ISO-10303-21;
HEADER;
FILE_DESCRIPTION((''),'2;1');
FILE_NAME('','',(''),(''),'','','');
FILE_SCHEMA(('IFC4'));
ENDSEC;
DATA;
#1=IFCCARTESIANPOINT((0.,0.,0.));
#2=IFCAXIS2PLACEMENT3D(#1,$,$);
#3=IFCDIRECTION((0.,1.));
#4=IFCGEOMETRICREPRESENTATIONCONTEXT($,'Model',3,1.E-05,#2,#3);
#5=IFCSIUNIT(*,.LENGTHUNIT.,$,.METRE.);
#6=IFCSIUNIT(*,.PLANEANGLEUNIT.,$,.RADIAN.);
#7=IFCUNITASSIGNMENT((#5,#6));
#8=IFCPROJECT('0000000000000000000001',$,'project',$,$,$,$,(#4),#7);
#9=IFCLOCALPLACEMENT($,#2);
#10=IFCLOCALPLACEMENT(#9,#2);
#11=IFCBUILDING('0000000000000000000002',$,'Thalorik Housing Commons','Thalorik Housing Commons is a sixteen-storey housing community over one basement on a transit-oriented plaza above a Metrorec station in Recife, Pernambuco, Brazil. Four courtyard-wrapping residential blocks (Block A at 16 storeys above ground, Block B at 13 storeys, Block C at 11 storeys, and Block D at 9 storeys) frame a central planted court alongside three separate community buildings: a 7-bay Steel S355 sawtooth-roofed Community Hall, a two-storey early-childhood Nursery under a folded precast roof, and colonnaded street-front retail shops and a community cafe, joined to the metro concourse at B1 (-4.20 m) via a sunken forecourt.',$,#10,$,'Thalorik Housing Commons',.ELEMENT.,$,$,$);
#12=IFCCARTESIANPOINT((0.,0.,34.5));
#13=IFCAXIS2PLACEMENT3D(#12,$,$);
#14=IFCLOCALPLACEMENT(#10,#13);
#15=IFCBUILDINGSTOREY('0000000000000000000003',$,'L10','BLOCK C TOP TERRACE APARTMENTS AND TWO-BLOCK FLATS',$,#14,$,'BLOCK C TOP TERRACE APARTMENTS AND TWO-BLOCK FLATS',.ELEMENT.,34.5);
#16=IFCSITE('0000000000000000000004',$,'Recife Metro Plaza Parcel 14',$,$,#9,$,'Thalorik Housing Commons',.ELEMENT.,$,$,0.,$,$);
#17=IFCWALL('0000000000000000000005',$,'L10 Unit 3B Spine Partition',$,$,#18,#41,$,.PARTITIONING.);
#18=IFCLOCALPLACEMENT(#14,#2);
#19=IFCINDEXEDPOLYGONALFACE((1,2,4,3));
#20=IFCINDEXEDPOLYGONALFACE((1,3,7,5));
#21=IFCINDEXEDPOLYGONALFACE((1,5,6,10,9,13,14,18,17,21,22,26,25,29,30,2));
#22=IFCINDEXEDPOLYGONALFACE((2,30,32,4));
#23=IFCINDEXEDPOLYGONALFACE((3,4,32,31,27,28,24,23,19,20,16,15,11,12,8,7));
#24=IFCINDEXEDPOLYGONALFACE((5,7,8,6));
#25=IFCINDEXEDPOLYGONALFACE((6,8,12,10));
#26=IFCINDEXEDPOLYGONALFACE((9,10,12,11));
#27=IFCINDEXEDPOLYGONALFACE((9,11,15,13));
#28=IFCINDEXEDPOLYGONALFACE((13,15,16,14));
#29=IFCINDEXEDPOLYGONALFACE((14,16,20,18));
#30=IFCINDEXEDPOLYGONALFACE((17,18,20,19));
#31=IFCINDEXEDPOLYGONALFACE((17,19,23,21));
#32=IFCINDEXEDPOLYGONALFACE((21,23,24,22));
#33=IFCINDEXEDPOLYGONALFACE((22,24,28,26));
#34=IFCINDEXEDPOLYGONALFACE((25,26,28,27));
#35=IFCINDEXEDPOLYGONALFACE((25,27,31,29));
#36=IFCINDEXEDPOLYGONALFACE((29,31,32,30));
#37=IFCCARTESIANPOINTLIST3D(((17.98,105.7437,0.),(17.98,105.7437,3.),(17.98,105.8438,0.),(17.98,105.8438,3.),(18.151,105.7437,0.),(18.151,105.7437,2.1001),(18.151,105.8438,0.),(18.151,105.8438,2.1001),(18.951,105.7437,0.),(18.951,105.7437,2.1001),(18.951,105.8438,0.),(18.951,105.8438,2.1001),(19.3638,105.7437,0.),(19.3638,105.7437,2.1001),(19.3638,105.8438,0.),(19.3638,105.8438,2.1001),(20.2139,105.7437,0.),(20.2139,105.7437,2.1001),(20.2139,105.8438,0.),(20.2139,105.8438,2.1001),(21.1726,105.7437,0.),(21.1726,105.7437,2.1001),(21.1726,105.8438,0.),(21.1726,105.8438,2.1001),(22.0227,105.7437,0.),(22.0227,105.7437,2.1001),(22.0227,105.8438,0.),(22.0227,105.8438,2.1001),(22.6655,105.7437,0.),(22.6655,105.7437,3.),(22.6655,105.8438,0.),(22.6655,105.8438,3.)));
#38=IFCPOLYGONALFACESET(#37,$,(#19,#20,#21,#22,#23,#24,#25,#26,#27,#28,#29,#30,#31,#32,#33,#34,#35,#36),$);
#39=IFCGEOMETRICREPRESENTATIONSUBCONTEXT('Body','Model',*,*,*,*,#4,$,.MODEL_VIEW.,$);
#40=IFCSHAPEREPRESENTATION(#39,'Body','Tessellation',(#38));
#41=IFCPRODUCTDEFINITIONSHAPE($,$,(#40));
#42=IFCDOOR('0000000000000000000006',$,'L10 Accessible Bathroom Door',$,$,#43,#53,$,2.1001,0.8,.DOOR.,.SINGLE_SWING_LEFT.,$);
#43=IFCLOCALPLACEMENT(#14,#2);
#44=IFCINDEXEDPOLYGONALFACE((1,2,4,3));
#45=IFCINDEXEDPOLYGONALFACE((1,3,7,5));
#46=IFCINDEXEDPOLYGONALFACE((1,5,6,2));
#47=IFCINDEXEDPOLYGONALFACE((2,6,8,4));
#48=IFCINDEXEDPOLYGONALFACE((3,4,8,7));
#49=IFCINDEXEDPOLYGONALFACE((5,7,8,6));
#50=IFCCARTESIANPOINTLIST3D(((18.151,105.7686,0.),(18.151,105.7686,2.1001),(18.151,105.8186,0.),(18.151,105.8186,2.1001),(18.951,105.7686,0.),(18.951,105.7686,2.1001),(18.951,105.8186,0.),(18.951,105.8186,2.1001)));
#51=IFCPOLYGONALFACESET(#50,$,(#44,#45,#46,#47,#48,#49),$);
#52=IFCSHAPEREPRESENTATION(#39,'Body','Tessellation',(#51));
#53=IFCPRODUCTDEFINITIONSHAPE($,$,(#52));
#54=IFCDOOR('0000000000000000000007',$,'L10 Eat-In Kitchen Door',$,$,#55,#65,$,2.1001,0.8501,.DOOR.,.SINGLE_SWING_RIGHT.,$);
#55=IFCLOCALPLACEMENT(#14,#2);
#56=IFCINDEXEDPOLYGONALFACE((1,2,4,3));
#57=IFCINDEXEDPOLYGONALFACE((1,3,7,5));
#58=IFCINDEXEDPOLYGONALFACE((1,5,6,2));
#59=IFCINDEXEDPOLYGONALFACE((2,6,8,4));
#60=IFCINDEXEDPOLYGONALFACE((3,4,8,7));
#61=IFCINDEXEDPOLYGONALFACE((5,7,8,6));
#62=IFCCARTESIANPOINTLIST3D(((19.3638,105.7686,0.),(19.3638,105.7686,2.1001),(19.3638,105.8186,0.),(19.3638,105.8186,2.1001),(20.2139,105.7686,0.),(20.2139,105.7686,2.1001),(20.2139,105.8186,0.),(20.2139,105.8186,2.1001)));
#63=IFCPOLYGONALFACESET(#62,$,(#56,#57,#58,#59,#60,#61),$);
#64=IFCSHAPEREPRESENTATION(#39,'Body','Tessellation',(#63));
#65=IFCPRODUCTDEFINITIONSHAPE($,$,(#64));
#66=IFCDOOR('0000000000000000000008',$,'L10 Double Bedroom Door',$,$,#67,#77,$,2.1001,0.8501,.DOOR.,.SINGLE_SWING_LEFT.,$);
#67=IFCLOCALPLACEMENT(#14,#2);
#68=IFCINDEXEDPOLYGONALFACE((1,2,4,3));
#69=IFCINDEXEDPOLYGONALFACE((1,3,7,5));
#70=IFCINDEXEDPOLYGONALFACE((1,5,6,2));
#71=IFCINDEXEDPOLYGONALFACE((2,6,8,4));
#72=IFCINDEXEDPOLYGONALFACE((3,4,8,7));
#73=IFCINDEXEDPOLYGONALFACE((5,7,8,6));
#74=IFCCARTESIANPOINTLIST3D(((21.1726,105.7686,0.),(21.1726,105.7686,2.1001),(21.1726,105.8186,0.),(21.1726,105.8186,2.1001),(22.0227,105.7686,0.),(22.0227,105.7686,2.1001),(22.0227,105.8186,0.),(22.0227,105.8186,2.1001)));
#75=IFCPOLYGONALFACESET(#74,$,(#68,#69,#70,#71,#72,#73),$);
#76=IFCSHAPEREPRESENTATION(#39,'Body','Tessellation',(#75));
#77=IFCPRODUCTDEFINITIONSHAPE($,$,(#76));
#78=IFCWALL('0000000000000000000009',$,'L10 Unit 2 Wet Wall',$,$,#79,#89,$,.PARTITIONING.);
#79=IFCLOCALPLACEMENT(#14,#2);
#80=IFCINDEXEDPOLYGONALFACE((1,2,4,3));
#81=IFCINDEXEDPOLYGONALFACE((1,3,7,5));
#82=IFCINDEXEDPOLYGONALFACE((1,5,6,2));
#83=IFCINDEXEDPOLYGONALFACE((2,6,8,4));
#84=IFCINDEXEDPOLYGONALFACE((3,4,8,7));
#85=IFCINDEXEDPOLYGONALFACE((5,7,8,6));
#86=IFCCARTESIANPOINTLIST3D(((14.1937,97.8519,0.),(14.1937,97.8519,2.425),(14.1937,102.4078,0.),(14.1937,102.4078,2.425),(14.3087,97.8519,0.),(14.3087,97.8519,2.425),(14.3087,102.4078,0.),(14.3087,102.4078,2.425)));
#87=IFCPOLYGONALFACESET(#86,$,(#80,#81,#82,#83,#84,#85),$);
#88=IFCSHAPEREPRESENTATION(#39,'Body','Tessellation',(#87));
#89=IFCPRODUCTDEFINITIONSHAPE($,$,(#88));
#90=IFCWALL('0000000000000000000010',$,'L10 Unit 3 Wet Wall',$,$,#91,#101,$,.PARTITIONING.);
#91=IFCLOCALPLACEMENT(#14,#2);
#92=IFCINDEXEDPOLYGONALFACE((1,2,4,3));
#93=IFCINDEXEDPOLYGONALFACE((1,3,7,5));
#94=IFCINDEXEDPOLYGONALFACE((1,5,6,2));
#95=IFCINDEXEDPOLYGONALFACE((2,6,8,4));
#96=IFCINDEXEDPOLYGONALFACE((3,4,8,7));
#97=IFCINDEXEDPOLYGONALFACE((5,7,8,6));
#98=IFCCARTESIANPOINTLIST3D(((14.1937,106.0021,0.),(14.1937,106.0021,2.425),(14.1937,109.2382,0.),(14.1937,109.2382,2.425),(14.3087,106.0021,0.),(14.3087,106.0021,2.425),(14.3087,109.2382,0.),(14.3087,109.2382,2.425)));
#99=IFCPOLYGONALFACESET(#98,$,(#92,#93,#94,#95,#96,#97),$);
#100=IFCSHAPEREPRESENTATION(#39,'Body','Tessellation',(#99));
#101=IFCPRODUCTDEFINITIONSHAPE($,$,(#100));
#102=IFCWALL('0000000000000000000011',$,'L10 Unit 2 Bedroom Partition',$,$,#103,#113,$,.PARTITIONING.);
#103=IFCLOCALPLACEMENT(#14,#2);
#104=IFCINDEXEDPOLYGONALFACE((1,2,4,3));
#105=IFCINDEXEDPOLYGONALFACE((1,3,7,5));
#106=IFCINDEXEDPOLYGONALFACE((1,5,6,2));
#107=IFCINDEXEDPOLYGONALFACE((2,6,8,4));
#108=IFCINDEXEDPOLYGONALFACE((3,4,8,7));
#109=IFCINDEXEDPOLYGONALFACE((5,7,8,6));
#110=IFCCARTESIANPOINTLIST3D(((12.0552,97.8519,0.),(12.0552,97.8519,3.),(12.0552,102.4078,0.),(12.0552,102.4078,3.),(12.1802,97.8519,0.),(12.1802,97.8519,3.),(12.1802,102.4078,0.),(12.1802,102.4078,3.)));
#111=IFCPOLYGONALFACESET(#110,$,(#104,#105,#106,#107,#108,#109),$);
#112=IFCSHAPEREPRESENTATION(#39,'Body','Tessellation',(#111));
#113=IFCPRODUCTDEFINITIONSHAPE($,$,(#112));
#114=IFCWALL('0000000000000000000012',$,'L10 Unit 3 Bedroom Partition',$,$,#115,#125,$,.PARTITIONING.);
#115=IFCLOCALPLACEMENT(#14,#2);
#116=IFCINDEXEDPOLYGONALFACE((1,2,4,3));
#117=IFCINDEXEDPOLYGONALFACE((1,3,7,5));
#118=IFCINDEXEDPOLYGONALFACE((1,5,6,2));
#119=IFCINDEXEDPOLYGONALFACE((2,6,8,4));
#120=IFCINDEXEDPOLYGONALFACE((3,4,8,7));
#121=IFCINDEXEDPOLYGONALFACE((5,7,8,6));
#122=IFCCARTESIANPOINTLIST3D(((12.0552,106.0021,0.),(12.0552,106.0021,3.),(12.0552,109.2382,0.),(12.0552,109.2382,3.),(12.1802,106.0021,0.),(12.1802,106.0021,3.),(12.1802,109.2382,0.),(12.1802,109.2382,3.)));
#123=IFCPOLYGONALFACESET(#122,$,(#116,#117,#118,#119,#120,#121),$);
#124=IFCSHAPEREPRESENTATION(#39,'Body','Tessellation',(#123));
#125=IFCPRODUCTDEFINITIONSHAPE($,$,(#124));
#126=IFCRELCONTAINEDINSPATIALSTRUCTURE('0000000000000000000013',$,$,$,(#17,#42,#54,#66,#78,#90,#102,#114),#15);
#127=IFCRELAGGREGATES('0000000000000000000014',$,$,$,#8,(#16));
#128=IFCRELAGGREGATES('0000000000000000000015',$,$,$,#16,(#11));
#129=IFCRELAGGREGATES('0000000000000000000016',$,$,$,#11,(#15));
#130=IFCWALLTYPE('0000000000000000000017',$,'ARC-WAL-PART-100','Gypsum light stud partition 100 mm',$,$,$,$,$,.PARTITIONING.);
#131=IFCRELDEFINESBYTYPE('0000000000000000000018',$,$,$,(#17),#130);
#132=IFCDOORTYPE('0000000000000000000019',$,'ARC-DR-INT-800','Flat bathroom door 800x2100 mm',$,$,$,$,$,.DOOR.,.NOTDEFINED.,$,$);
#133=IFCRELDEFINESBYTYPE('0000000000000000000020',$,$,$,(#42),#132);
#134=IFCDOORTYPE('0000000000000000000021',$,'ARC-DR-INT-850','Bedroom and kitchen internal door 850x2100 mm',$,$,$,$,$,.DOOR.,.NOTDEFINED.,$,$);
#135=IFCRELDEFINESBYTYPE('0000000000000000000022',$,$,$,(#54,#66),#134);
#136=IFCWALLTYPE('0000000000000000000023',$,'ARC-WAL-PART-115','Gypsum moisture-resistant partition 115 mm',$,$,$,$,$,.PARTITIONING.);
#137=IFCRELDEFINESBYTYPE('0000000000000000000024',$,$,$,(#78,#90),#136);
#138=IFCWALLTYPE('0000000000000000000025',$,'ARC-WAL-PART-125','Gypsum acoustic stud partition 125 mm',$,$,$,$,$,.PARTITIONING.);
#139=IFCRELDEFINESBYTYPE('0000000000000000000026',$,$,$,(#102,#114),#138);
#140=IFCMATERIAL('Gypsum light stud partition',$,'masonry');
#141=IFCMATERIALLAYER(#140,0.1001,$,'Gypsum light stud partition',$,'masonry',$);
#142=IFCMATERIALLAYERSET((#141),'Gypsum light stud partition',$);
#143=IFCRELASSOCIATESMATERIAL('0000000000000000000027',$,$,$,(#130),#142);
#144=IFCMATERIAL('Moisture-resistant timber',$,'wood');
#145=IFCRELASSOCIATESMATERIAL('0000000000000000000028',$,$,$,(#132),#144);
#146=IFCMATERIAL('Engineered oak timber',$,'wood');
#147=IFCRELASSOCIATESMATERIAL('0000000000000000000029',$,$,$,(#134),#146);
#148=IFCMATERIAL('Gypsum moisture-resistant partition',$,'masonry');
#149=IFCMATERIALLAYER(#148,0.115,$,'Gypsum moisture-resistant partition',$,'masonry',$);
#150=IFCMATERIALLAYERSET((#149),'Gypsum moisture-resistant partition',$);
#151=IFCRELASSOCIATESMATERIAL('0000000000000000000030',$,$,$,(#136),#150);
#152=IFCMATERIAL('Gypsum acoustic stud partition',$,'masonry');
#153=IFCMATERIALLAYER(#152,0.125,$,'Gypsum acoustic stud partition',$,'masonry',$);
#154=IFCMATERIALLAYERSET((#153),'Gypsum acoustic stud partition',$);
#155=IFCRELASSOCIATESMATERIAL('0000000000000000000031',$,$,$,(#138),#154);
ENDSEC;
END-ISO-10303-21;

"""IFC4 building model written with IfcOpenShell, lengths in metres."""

from ifc_helpers import new_model, si_unit, direction, frame, frame_2d, origin, place, context, subcontext, project, spatial, rectangle, extrude, material, layer, layer_set, type_object, element, fill, save


model = new_model("IFC4")

# Units and contexts
model_context = context("Model", 3, precision=1e-05, world=origin(), true_north=direction((0.0, 1.0)))
body_context = subcontext(model_context, "Body", "Model", "MODEL_VIEW")
ifc_project = project(units=[si_unit("LENGTHUNIT", "METRE"), si_unit("PLANEANGLEUNIT", "RADIAN")], contexts=[model_context])

# Site, building, storey
site_placement = place(None, origin())
site = spatial("IfcSite", under=ifc_project, at=site_placement, Name="Recife Metro Plaza Parcel 14", LongName="Thalorik Housing Commons", CompositionType="ELEMENT", RefElevation=0.0)
building_placement = place(site_placement, origin())
building = spatial("IfcBuilding", under=site, at=building_placement, Name="Thalorik Housing Commons", Description="Thalorik Housing Commons is a sixteen-storey housing community over one basement on a transit-oriented plaza above a Metrorec station in Recife, Pernambuco, Brazil. Four courtyard-wrapping residential blocks (Block A at 16 storeys above ground, Block B at 13 storeys, Block C at 11 storeys, and Block D at 9 storeys) frame a central planted court alongside three separate community buildings: a 7-bay Steel S355 sawtooth-roofed Community Hall, a two-storey early-childhood Nursery under a folded precast roof, and colonnaded street-front retail shops and a community cafe, joined to the metro concourse at B1 (-4.20 m) via a sunken forecourt.", LongName="Thalorik Housing Commons", CompositionType="ELEMENT")
storey_placement = place(building_placement, frame((0.0, 0.0, 34.5)))
storey = spatial("IfcBuildingStorey", under=building, at=storey_placement, Name="L10", Description="BLOCK C TOP TERRACE APARTMENTS AND TWO-BLOCK FLATS", LongName="BLOCK C TOP TERRACE APARTMENTS AND TWO-BLOCK FLATS", CompositionType="ELEMENT", Elevation=34.5)

# Wall, openings, doors
ifc_material_1 = material(Name="Gypsum light stud partition", Category="masonry")
ifc_layer_1 = layer(ifc_material_1, 0.1001, Name="Gypsum light stud partition", Category="masonry")
ifc_layer_set_1 = layer_set([ifc_layer_1], Name="Gypsum light stud partition")
wall_type_1 = type_object("IfcWallType", Name="ARC-WAL-PART-100", Description="Gypsum light stud partition 100 mm", PredefinedType="PARTITIONING", material=ifc_layer_set_1)
wall_1_placement = place(storey_placement, frame((17.98, 105.7937, 0.0), z_axis=(0.0, 0.0, 1.0), x_axis=(1.0, 0.0, 0.0)))
wall_1 = element("IfcWall", 1, at=wall_1_placement, inside=storey, type_object=wall_type_1, Name="L10 Unit 3B Spine Partition", PredefinedType="PARTITIONING", context=body_context, shape_type="SweptSolid", body=[
    extrude(rectangle(XDim=4.6855, YDim=0.1001, at=frame_2d((2.3428, 0.0))), origin(), (0.0, 0.0, 1.0), 3.0),
])
opening_1_placement = place(wall_1_placement, frame((0.1711, 0.0, 0.0)))
opening_1 = element("IfcOpeningElement", 2, at=opening_1_placement, cuts=wall_1, PredefinedType="OPENING", context=body_context, shape_type="SweptSolid", body=[
    extrude(rectangle(XDim=0.8, YDim=2.1001, at=frame_2d((0.3999, 1.05))), frame((0.0, 0.0601, 0.0), z_axis=(0.0, -1.0, 0.0), x_axis=(1.0, 0.0, 0.0)), (0.0, 0.0, 1.0), 0.1201),
])
opening_2_placement = place(wall_1_placement, frame((1.3838, 0.0, 0.0)))
opening_2 = element("IfcOpeningElement", 3, at=opening_2_placement, cuts=wall_1, PredefinedType="OPENING", context=body_context, shape_type="SweptSolid", body=[
    extrude(rectangle(XDim=0.8501, YDim=2.1001, at=frame_2d((0.425, 1.05))), frame((0.0, 0.0601, 0.0), z_axis=(0.0, -1.0, 0.0), x_axis=(1.0, 0.0, 0.0)), (0.0, 0.0, 1.0), 0.1201),
])
opening_3_placement = place(wall_1_placement, frame((3.1926, 0.0, 0.0)))
opening_3 = element("IfcOpeningElement", 4, at=opening_3_placement, cuts=wall_1, PredefinedType="OPENING", context=body_context, shape_type="SweptSolid", body=[
    extrude(rectangle(XDim=0.8501, YDim=2.1001, at=frame_2d((0.425, 1.05))), frame((0.0, 0.0601, 0.0), z_axis=(0.0, -1.0, 0.0), x_axis=(1.0, 0.0, 0.0)), (0.0, 0.0, 1.0), 0.1201),
])
ifc_material_2 = material(Name="Moisture-resistant timber", Category="wood")
door_type_1 = type_object("IfcDoorType", Name="ARC-DR-INT-800", Description="Flat bathroom door 800x2100 mm", OperationType="NOTDEFINED", PredefinedType="DOOR", material=ifc_material_2)
door_1_placement = place(opening_1_placement, origin())
door_1 = element("IfcDoor", 5, at=door_1_placement, inside=storey, type_object=door_type_1, Name="L10 Accessible Bathroom Door", OperationType="SINGLE_SWING_LEFT", OverallHeight=2.1001, OverallWidth=0.8, PredefinedType="DOOR", context=body_context, shape_type="SweptSolid", body=[
    extrude(rectangle(XDim=0.8, YDim=2.1001, at=frame_2d((0.3999, 1.05))), frame((0.0, 0.0249, 0.0), z_axis=(0.0, -1.0, 0.0), x_axis=(1.0, 0.0, 0.0)), (0.0, 0.0, 1.0), 0.05),
])
fill(opening_1, door_1)
ifc_material_3 = material(Name="Engineered oak timber", Category="wood")
door_type_2 = type_object("IfcDoorType", Name="ARC-DR-INT-850", Description="Bedroom and kitchen internal door 850x2100 mm", OperationType="NOTDEFINED", PredefinedType="DOOR", material=ifc_material_3)
door_2_placement = place(opening_2_placement, origin())
door_2 = element("IfcDoor", 6, at=door_2_placement, inside=storey, type_object=door_type_2, Name="L10 Eat-In Kitchen Door", OperationType="SINGLE_SWING_RIGHT", OverallHeight=2.1001, OverallWidth=0.8501, PredefinedType="DOOR", context=body_context, shape_type="SweptSolid", body=[
    extrude(rectangle(XDim=0.8501, YDim=2.1001, at=frame_2d((0.425, 1.05))), frame((0.0, 0.0249, 0.0), z_axis=(0.0, -1.0, 0.0), x_axis=(1.0, 0.0, 0.0)), (0.0, 0.0, 1.0), 0.05),
])
fill(opening_2, door_2)
door_3_placement = place(opening_3_placement, origin())
door_3 = element("IfcDoor", 7, at=door_3_placement, inside=storey, type_object=door_type_2, Name="L10 Double Bedroom Door", OperationType="SINGLE_SWING_LEFT", OverallHeight=2.1001, OverallWidth=0.8501, PredefinedType="DOOR", context=body_context, shape_type="SweptSolid", body=[
    extrude(rectangle(XDim=0.8501, YDim=2.1001, at=frame_2d((0.425, 1.05))), frame((0.0, 0.0249, 0.0), z_axis=(0.0, -1.0, 0.0), x_axis=(1.0, 0.0, 0.0)), (0.0, 0.0, 1.0), 0.05),
])
fill(opening_3, door_3)

# Walls
ifc_material_4 = material(Name="Gypsum moisture-resistant partition", Category="masonry")
ifc_layer_2 = layer(ifc_material_4, 0.115, Name="Gypsum moisture-resistant partition", Category="masonry")
ifc_layer_set_2 = layer_set([ifc_layer_2], Name="Gypsum moisture-resistant partition")
wall_type_2 = type_object("IfcWallType", Name="ARC-WAL-PART-115", Description="Gypsum moisture-resistant partition 115 mm", PredefinedType="PARTITIONING", material=ifc_layer_set_2)
wall_2_placement = place(storey_placement, frame((14.2512, 97.8521, 0.0), z_axis=(0.0, 0.0, 1.0), x_axis=(0.0, 1.0, 0.0)))
element("IfcWall", 8, at=wall_2_placement, inside=storey, type_object=wall_type_2, Name="L10 Unit 2 Wet Wall", PredefinedType="PARTITIONING", context=body_context, shape_type="SweptSolid", body=[
    extrude(rectangle(XDim=4.5559, YDim=0.115, at=frame_2d((2.2778, 0.0))), origin(), (0.0, 0.0, 1.0), 2.425),
])
wall_3_placement = place(storey_placement, frame((14.2512, 106.002, 0.0), z_axis=(0.0, 0.0, 1.0), x_axis=(0.0, 1.0, 0.0)))
element("IfcWall", 9, at=wall_3_placement, inside=storey, type_object=wall_type_2, Name="L10 Unit 3 Wet Wall", PredefinedType="PARTITIONING", context=body_context, shape_type="SweptSolid", body=[
    extrude(rectangle(XDim=3.2361, YDim=0.115, at=frame_2d((1.6182, 0.0))), origin(), (0.0, 0.0, 1.0), 2.425),
])
ifc_material_5 = material(Name="Gypsum acoustic stud partition", Category="masonry")
ifc_layer_3 = layer(ifc_material_5, 0.125, Name="Gypsum acoustic stud partition", Category="masonry")
ifc_layer_set_3 = layer_set([ifc_layer_3], Name="Gypsum acoustic stud partition")
wall_type_3 = type_object("IfcWallType", Name="ARC-WAL-PART-125", Description="Gypsum acoustic stud partition 125 mm", PredefinedType="PARTITIONING", material=ifc_layer_set_3)
wall_4_placement = place(storey_placement, frame((12.1177, 97.8521, 0.0), z_axis=(0.0, 0.0, 1.0), x_axis=(0.0, 1.0, 0.0)))
element("IfcWall", 10, at=wall_4_placement, inside=storey, type_object=wall_type_3, Name="L10 Unit 2 Bedroom Partition", PredefinedType="PARTITIONING", context=body_context, shape_type="SweptSolid", body=[
    extrude(rectangle(XDim=4.5559, YDim=0.125, at=frame_2d((2.2778, 0.0))), origin(), (0.0, 0.0, 1.0), 3.0),
])
wall_5_placement = place(storey_placement, frame((12.1177, 106.002, 0.0), z_axis=(0.0, 0.0, 1.0), x_axis=(0.0, 1.0, 0.0)))
element("IfcWall", 11, at=wall_5_placement, inside=storey, type_object=wall_type_3, Name="L10 Unit 3 Bedroom Partition", PredefinedType="PARTITIONING", context=body_context, shape_type="SweptSolid", body=[
    extrude(rectangle(XDim=3.2361, YDim=0.125, at=frame_2d((1.6182, 0.0))), origin(), (0.0, 0.0, 1.0), 3.0),
])

save(model, "model.ifc")
